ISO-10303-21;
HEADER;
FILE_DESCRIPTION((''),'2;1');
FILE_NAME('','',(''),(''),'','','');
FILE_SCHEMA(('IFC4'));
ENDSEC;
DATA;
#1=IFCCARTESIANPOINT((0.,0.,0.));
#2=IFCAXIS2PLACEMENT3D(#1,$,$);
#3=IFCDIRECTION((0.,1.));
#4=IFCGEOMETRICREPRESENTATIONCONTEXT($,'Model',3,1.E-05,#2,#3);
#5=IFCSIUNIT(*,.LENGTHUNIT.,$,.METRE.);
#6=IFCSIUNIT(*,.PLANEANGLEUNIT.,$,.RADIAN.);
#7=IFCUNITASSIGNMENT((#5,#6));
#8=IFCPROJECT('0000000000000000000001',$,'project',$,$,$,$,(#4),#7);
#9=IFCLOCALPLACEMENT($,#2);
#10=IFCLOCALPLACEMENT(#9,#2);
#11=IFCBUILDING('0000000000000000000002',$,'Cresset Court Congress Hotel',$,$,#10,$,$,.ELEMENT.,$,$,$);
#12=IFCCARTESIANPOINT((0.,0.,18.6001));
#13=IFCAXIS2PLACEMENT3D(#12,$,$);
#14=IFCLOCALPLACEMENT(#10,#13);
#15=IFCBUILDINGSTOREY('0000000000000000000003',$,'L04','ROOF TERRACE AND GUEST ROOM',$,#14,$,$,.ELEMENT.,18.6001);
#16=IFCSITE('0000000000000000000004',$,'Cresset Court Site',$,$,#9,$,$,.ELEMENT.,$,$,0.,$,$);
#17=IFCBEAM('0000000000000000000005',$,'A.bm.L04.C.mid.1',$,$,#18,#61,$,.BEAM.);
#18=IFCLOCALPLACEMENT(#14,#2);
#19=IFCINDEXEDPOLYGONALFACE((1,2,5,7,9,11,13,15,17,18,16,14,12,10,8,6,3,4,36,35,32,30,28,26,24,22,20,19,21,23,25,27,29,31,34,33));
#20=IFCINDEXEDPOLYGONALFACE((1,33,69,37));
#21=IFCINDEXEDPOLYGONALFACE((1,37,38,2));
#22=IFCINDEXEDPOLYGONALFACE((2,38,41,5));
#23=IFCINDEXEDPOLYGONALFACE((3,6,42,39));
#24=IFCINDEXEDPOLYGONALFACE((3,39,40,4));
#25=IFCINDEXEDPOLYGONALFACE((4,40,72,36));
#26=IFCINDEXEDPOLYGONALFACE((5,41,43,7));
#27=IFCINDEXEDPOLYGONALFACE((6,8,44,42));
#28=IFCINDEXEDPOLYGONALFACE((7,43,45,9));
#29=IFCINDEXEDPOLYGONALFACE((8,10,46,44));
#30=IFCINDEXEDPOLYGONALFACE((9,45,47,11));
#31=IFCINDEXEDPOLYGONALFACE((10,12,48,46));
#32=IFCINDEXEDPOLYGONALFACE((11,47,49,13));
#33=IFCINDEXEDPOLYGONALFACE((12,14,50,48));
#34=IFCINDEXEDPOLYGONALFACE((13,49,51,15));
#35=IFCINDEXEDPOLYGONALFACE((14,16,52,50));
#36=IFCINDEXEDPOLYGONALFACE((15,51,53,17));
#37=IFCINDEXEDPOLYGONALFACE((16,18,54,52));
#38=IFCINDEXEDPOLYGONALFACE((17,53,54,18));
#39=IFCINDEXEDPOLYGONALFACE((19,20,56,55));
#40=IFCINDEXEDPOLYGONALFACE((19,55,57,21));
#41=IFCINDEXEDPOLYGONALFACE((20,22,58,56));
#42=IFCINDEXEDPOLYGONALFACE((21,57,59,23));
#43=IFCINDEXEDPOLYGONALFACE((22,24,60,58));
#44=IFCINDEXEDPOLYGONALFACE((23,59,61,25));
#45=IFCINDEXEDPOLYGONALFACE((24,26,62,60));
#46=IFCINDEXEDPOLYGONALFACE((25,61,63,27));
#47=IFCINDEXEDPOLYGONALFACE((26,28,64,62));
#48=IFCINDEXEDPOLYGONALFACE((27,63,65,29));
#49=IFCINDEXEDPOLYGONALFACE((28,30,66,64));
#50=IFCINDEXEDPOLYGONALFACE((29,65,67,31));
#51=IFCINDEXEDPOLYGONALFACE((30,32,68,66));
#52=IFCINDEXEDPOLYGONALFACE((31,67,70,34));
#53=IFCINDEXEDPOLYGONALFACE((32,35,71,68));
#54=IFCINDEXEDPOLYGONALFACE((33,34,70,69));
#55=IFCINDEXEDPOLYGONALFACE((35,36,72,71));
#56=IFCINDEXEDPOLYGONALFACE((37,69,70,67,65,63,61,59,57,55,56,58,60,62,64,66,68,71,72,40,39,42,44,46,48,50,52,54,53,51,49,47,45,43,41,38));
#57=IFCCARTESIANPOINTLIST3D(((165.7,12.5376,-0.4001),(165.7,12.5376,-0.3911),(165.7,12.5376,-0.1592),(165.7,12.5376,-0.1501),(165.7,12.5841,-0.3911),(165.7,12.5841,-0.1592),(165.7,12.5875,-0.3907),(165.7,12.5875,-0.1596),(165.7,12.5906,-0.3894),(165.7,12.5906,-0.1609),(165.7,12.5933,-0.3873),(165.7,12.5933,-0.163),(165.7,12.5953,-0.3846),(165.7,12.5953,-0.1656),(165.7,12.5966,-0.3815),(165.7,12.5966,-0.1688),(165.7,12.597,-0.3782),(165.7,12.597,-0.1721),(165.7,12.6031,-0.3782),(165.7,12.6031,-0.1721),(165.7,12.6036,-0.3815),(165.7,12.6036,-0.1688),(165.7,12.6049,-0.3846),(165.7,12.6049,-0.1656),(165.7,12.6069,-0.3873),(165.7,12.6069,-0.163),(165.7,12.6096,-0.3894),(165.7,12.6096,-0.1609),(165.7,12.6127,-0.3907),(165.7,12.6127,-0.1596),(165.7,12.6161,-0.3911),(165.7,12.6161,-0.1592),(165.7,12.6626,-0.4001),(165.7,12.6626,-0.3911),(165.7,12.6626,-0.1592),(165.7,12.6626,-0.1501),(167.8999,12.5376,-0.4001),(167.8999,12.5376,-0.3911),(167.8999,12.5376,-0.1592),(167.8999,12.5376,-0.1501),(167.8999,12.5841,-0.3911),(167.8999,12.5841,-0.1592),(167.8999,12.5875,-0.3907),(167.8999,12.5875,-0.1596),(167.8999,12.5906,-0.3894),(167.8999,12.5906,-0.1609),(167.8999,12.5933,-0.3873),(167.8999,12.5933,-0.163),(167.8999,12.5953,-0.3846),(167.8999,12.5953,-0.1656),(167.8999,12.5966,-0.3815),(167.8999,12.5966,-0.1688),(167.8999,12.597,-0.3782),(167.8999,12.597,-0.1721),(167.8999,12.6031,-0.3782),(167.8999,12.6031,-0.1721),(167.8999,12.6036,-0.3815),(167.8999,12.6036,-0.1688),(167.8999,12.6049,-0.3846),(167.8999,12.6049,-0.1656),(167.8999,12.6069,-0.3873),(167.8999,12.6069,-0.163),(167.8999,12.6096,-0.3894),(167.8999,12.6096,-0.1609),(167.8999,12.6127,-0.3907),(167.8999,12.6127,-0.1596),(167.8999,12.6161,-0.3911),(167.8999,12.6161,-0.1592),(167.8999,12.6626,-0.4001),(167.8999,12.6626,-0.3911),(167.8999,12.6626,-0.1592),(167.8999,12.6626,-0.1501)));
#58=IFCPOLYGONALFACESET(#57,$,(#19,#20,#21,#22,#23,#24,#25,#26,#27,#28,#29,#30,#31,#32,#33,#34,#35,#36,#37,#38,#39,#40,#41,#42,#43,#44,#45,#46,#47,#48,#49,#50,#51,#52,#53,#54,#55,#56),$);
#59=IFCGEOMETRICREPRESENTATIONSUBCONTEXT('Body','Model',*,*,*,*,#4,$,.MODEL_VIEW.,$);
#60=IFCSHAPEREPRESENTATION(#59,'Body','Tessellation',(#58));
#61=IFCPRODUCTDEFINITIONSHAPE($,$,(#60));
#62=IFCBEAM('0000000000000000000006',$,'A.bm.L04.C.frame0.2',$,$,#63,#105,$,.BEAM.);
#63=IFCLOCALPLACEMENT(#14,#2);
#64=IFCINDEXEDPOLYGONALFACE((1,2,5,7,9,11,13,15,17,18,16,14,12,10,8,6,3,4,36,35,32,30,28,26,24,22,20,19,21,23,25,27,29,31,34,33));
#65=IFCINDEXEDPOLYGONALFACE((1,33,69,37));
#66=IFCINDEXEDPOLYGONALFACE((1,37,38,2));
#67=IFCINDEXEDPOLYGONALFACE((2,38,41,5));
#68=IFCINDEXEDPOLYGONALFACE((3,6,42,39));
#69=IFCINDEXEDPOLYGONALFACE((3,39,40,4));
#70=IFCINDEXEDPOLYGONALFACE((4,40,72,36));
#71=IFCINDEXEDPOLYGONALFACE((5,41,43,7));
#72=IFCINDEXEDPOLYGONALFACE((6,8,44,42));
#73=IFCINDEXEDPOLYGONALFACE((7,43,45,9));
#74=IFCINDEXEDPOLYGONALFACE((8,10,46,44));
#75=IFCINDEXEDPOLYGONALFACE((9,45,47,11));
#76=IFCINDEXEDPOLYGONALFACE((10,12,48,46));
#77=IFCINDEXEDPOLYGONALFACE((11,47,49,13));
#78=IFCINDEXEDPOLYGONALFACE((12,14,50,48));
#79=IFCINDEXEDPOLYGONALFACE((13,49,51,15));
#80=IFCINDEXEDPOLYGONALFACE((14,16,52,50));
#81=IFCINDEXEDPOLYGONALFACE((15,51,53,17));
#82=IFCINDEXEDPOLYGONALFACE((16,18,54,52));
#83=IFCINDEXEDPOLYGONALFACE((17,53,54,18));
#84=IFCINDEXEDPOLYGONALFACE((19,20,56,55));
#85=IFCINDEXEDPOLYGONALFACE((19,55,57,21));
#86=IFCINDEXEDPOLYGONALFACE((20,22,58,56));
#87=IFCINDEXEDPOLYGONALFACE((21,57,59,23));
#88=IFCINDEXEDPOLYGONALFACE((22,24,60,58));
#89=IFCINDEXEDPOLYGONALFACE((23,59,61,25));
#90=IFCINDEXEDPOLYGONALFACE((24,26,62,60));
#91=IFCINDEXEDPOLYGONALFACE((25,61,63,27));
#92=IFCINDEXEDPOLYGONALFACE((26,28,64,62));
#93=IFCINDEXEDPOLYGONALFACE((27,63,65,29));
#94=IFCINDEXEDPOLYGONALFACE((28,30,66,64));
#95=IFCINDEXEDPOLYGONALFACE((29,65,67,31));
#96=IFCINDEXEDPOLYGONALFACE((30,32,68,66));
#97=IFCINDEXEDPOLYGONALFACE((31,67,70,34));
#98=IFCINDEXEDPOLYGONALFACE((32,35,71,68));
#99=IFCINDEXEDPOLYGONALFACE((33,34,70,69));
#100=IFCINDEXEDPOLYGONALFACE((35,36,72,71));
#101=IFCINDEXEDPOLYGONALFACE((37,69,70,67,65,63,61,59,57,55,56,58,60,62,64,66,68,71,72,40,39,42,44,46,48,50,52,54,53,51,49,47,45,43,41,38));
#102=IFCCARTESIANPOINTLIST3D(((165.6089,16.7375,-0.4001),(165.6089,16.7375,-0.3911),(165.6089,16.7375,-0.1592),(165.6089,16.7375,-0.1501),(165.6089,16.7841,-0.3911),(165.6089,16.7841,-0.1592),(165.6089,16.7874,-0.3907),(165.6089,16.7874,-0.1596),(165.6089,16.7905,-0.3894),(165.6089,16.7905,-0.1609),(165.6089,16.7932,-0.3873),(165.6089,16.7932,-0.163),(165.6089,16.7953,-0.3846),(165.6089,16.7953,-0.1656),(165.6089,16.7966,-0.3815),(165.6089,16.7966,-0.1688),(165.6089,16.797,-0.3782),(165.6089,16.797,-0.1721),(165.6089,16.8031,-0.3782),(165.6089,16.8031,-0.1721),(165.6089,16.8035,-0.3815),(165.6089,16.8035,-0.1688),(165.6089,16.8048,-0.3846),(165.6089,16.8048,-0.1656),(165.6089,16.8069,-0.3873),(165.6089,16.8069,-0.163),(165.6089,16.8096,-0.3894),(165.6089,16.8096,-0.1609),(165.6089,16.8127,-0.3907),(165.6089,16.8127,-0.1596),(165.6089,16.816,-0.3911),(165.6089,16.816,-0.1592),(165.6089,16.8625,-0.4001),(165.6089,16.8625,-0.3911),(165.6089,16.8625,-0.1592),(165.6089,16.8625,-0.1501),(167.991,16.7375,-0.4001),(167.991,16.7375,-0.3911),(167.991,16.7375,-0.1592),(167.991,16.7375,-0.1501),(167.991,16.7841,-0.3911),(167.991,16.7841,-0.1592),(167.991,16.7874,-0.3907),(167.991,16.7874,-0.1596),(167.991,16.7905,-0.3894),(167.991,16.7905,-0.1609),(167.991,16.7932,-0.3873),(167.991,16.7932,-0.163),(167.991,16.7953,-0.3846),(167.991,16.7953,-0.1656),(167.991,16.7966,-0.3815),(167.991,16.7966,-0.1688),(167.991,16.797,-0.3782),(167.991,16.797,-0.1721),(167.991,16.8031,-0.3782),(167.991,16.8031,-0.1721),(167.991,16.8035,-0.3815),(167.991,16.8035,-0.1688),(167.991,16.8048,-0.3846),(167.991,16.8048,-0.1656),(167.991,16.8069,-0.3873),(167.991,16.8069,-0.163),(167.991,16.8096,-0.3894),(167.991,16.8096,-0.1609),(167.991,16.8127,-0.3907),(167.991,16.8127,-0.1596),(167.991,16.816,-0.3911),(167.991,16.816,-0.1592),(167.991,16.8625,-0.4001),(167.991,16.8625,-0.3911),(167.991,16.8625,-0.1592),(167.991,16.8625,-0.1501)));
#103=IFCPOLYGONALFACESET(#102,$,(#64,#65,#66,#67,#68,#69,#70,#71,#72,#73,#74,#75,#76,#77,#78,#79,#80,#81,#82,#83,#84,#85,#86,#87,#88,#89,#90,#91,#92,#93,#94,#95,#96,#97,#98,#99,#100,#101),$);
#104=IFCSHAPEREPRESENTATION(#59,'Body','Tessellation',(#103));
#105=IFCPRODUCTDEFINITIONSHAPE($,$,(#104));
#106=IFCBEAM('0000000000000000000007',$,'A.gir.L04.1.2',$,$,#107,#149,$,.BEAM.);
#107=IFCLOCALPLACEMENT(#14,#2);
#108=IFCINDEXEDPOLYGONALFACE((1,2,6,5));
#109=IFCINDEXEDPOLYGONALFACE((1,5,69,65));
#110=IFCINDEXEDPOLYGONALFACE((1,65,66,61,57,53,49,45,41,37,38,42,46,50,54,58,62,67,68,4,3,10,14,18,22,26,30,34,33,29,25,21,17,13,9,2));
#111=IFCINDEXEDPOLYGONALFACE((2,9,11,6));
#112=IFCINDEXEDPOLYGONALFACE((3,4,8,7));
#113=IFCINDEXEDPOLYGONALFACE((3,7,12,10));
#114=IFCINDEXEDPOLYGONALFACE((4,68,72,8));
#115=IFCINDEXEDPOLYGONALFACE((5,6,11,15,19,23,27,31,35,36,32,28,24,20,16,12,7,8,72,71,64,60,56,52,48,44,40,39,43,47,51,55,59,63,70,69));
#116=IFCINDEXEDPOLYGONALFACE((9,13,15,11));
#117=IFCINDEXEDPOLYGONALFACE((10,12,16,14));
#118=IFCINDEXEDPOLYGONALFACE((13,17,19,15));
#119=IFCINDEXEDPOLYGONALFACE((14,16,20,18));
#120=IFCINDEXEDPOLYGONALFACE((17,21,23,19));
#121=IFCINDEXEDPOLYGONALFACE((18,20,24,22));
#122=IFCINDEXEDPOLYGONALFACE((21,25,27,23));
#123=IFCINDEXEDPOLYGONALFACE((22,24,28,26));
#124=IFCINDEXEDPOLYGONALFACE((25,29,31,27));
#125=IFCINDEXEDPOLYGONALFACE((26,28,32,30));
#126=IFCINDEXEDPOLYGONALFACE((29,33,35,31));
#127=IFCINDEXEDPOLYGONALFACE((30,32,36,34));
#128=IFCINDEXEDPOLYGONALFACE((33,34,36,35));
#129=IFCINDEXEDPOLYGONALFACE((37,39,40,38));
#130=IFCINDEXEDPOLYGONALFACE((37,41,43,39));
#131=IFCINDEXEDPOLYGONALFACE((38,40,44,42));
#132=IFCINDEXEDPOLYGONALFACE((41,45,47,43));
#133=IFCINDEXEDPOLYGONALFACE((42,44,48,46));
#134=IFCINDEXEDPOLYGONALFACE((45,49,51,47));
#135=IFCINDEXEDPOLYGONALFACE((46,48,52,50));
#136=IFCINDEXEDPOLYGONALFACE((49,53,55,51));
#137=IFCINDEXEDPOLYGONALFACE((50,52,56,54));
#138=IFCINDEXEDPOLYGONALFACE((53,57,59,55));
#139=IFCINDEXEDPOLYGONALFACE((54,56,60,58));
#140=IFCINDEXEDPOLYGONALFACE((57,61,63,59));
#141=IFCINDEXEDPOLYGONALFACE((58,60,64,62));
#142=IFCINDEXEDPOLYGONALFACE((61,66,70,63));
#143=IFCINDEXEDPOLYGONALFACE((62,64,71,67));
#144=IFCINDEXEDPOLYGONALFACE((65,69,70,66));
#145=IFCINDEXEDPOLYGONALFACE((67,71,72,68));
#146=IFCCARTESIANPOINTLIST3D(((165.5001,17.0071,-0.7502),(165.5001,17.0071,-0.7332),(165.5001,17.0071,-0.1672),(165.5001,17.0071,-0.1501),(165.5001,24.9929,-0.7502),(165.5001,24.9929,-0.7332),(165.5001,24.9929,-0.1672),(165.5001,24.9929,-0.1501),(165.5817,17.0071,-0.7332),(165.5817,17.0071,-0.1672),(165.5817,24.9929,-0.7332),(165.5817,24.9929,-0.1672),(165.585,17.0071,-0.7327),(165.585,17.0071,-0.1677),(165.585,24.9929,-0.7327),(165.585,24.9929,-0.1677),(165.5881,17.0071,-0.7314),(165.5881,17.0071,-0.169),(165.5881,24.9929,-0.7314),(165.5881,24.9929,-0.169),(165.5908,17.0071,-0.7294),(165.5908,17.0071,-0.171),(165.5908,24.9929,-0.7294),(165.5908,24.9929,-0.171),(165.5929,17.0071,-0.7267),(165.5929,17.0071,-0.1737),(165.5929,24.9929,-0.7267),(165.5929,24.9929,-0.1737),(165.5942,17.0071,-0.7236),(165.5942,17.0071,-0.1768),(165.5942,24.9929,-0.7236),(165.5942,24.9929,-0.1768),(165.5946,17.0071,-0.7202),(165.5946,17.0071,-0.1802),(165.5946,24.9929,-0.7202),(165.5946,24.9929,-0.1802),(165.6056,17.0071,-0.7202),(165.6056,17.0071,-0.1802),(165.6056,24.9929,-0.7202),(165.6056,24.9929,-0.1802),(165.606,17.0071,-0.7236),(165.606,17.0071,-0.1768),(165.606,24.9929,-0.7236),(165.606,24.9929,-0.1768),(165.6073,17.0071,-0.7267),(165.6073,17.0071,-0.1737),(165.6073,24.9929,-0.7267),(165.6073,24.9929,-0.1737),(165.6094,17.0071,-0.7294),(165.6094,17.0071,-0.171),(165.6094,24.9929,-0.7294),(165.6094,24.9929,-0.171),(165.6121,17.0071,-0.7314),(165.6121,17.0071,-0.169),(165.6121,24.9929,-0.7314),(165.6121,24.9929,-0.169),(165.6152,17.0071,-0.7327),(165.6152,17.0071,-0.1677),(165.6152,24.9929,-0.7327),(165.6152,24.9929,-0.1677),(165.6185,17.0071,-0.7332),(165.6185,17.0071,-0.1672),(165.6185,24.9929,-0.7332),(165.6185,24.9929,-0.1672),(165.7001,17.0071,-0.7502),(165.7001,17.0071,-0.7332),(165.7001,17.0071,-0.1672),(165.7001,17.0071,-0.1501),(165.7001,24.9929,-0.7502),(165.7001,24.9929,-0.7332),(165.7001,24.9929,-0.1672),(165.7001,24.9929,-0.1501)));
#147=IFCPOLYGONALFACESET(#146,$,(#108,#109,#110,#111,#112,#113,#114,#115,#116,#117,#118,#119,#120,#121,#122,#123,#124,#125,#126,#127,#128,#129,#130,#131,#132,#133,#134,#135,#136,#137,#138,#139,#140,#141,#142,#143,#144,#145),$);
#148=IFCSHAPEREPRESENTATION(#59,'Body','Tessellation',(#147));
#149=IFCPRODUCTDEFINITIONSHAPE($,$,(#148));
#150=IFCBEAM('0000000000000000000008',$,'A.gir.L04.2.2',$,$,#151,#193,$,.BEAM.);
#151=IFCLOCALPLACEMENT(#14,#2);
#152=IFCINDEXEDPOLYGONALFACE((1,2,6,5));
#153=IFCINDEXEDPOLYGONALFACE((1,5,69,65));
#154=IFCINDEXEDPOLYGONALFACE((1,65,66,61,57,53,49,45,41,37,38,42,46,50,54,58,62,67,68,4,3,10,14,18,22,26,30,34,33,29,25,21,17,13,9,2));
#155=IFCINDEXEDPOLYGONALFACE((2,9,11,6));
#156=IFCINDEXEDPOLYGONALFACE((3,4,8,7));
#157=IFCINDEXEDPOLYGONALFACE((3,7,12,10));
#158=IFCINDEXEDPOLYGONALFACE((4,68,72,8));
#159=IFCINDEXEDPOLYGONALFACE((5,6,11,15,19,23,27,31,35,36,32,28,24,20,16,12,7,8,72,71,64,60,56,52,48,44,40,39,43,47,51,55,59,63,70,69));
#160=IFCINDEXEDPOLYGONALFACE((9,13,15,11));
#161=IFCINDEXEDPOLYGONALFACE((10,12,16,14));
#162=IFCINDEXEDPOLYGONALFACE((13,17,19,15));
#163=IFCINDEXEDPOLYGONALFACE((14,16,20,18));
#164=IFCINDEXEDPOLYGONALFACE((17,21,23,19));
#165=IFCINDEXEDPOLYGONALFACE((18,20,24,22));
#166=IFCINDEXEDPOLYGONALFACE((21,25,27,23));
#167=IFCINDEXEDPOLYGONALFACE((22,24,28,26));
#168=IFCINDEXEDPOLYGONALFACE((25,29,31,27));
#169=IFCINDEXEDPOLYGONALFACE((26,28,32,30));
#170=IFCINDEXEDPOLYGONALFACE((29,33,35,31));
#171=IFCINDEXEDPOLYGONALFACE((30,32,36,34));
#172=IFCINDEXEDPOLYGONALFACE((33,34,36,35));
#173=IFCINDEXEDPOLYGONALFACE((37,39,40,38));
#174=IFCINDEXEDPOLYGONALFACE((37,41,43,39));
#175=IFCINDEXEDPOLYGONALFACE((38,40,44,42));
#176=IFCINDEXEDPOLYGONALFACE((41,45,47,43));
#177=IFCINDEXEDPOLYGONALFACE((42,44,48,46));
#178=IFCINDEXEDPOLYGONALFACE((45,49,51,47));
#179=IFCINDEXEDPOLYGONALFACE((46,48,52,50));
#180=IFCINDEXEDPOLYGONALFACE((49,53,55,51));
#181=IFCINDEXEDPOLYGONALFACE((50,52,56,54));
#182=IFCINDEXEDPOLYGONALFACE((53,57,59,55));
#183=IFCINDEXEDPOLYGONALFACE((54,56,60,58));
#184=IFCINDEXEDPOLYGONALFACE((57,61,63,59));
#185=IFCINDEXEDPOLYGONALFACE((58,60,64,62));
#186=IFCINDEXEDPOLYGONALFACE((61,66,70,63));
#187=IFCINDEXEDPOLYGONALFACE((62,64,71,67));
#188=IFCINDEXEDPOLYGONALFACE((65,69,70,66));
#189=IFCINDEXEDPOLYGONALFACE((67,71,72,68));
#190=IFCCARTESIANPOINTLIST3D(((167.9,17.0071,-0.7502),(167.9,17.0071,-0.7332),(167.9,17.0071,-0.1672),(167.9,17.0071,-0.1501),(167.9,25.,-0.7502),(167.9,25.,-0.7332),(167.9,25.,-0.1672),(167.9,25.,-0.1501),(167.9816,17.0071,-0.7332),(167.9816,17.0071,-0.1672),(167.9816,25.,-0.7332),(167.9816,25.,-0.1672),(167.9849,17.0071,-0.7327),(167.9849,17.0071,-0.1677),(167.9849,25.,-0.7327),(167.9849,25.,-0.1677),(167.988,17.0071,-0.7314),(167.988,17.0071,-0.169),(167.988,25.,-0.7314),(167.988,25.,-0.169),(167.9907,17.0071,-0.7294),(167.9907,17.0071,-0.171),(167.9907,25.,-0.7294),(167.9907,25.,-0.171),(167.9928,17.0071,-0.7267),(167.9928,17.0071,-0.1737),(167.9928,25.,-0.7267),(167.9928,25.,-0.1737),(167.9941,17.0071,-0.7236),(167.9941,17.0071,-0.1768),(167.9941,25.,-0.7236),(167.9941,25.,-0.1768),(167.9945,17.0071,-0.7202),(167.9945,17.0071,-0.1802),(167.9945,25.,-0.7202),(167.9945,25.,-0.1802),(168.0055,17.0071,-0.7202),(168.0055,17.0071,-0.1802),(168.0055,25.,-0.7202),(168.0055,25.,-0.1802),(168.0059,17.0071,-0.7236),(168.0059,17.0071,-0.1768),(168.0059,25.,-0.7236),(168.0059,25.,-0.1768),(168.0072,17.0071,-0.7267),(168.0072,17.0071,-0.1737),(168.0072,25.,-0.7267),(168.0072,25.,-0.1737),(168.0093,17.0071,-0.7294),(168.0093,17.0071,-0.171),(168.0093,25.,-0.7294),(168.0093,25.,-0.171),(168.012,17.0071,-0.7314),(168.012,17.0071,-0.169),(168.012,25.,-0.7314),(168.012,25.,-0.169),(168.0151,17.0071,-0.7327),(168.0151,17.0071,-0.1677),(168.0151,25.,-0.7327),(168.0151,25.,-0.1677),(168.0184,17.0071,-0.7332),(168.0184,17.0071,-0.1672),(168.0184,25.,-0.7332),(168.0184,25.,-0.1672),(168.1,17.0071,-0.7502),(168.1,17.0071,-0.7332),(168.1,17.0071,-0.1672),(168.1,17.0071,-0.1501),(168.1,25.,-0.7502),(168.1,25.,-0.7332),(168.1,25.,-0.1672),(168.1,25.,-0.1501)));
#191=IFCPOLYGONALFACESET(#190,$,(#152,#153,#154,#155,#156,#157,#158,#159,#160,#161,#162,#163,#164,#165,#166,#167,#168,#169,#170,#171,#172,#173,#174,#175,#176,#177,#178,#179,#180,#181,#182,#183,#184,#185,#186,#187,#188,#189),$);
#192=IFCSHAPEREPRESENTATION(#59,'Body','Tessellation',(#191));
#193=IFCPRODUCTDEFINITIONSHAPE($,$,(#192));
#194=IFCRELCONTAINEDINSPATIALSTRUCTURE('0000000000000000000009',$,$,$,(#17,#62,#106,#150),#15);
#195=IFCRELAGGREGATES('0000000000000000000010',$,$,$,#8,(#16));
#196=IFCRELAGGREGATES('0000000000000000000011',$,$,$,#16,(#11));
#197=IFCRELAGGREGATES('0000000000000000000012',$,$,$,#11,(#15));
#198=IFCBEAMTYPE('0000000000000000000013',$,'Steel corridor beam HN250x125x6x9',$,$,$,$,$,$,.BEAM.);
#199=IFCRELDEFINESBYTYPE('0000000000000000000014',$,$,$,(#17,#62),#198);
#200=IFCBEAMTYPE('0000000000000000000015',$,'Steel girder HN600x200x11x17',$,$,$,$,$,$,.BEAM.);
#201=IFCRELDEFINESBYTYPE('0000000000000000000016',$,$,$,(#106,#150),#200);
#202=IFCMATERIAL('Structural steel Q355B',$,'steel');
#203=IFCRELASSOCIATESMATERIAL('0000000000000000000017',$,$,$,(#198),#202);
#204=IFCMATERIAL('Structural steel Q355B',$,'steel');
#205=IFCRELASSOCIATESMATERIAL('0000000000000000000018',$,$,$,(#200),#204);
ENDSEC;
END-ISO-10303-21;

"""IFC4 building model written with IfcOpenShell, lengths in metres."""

from ifc_helpers import new_model, si_unit, direction, frame, origin, origin_2d, place, context, subcontext, project, spatial, i_section, extrude, material, material_profile, profile_set, type_object, element, save


model = new_model("IFC4")

# Units and contexts
model_context = context("Model", 3, precision=1e-05, world=origin(), true_north=direction((0.0, 1.0)))
body_context = subcontext(model_context, "Body", "Model", "MODEL_VIEW")
ifc_project = project(units=[si_unit("LENGTHUNIT", "METRE"), si_unit("PLANEANGLEUNIT", "RADIAN")], contexts=[model_context])

# Site, building, storey
site_placement = place(None, origin())
site = spatial("IfcSite", under=ifc_project, at=site_placement, Name="Cresset Court Site", CompositionType="ELEMENT", RefElevation=0.0)
building_placement = place(site_placement, origin())
building = spatial("IfcBuilding", under=site, at=building_placement, Name="Cresset Court Congress Hotel", CompositionType="ELEMENT")
storey_placement = place(building_placement, frame((0.0, 0.0, 18.6001)))
storey = spatial("IfcBuildingStorey", under=building, at=storey_placement, Name="L04", Description="ROOF TERRACE AND GUEST ROOM", CompositionType="ELEMENT", Elevation=18.6001)

# Beams
ifc_material_1 = material(Name="Structural steel Q355B", Category="steel")
ifc_material_profile_1 = material_profile(ifc_material_1, i_section(OverallWidth=0.125, OverallDepth=0.25, WebThickness=0.0061, FlangeThickness=0.009, FilletRadius=0.0129, at=origin_2d()), Name="HN250x125x6x9")
ifc_profile_set_1 = profile_set([ifc_material_profile_1], Name="Structural steel Q355B")
beam_type_1 = type_object("IfcBeamType", Name="Steel corridor beam HN250x125x6x9", PredefinedType="BEAM", material=ifc_profile_set_1)
beam_1_placement = place(storey_placement, frame((165.7, 12.6001, -0.2751), z_axis=(1.0, 0.0, 0.0), x_axis=(0.0, 1.0, 0.0)))
element("IfcBeam", 1, at=beam_1_placement, inside=storey, type_object=beam_type_1, Name="A.bm.L04.C.mid.1", PredefinedType="BEAM", context=body_context, shape_type="SweptSolid", body=[
    extrude(i_section(OverallWidth=0.125, OverallDepth=0.25, WebThickness=0.0061, FlangeThickness=0.009, FilletRadius=0.0129, at=origin_2d()), origin(), (0.0, 0.0, 1.0), 2.2),
])
beam_2_placement = place(storey_placement, frame((165.6089, 16.8, -0.2751), z_axis=(1.0, 0.0, 0.0), x_axis=(0.0, 1.0, 0.0)))
element("IfcBeam", 2, at=beam_2_placement, inside=storey, type_object=beam_type_1, Name="A.bm.L04.C.frame0.2", PredefinedType="BEAM", context=body_context, shape_type="SweptSolid", body=[
    extrude(i_section(OverallWidth=0.125, OverallDepth=0.25, WebThickness=0.0061, FlangeThickness=0.009, FilletRadius=0.0129, at=origin_2d()), origin(), (0.0, 0.0, 1.0), 2.3821),
])
ifc_material_2 = material(Name="Structural steel Q355B", Category="steel")
ifc_material_profile_2 = material_profile(ifc_material_2, i_section(OverallWidth=0.2, OverallDepth=0.6001, WebThickness=0.011, FlangeThickness=0.0171, FilletRadius=0.0129, at=origin_2d()), Name="HN600x200x11x17")
ifc_profile_set_2 = profile_set([ifc_material_profile_2], Name="Structural steel Q355B")
beam_type_2 = type_object("IfcBeamType", Name="Steel girder HN600x200x11x17", PredefinedType="BEAM", material=ifc_profile_set_2)
beam_3_placement = place(storey_placement, frame((165.6001, 17.0071, -0.4502), z_axis=(0.0, 1.0, 0.0), x_axis=(-1.0, 0.0, 0.0)))
element("IfcBeam", 3, at=beam_3_placement, inside=storey, type_object=beam_type_2, Name="A.gir.L04.1.2", PredefinedType="BEAM", context=body_context, shape_type="SweptSolid", body=[
    extrude(i_section(OverallWidth=0.2, OverallDepth=0.6001, WebThickness=0.011, FlangeThickness=0.0171, FilletRadius=0.0129, at=origin_2d()), origin(), (0.0, 0.0, 1.0), 7.9858),
])
beam_4_placement = place(storey_placement, frame((168.0, 17.0071, -0.4502), z_axis=(0.0, 1.0, 0.0), x_axis=(-1.0, 0.0, 0.0)))
element("IfcBeam", 4, at=beam_4_placement, inside=storey, type_object=beam_type_2, Name="A.gir.L04.2.2", PredefinedType="BEAM", context=body_context, shape_type="SweptSolid", body=[
    extrude(i_section(OverallWidth=0.2, OverallDepth=0.6001, WebThickness=0.011, FlangeThickness=0.0171, FilletRadius=0.0129, at=origin_2d()), origin(), (0.0, 0.0, 1.0), 7.9929),
])

save(model, "model.ifc")
